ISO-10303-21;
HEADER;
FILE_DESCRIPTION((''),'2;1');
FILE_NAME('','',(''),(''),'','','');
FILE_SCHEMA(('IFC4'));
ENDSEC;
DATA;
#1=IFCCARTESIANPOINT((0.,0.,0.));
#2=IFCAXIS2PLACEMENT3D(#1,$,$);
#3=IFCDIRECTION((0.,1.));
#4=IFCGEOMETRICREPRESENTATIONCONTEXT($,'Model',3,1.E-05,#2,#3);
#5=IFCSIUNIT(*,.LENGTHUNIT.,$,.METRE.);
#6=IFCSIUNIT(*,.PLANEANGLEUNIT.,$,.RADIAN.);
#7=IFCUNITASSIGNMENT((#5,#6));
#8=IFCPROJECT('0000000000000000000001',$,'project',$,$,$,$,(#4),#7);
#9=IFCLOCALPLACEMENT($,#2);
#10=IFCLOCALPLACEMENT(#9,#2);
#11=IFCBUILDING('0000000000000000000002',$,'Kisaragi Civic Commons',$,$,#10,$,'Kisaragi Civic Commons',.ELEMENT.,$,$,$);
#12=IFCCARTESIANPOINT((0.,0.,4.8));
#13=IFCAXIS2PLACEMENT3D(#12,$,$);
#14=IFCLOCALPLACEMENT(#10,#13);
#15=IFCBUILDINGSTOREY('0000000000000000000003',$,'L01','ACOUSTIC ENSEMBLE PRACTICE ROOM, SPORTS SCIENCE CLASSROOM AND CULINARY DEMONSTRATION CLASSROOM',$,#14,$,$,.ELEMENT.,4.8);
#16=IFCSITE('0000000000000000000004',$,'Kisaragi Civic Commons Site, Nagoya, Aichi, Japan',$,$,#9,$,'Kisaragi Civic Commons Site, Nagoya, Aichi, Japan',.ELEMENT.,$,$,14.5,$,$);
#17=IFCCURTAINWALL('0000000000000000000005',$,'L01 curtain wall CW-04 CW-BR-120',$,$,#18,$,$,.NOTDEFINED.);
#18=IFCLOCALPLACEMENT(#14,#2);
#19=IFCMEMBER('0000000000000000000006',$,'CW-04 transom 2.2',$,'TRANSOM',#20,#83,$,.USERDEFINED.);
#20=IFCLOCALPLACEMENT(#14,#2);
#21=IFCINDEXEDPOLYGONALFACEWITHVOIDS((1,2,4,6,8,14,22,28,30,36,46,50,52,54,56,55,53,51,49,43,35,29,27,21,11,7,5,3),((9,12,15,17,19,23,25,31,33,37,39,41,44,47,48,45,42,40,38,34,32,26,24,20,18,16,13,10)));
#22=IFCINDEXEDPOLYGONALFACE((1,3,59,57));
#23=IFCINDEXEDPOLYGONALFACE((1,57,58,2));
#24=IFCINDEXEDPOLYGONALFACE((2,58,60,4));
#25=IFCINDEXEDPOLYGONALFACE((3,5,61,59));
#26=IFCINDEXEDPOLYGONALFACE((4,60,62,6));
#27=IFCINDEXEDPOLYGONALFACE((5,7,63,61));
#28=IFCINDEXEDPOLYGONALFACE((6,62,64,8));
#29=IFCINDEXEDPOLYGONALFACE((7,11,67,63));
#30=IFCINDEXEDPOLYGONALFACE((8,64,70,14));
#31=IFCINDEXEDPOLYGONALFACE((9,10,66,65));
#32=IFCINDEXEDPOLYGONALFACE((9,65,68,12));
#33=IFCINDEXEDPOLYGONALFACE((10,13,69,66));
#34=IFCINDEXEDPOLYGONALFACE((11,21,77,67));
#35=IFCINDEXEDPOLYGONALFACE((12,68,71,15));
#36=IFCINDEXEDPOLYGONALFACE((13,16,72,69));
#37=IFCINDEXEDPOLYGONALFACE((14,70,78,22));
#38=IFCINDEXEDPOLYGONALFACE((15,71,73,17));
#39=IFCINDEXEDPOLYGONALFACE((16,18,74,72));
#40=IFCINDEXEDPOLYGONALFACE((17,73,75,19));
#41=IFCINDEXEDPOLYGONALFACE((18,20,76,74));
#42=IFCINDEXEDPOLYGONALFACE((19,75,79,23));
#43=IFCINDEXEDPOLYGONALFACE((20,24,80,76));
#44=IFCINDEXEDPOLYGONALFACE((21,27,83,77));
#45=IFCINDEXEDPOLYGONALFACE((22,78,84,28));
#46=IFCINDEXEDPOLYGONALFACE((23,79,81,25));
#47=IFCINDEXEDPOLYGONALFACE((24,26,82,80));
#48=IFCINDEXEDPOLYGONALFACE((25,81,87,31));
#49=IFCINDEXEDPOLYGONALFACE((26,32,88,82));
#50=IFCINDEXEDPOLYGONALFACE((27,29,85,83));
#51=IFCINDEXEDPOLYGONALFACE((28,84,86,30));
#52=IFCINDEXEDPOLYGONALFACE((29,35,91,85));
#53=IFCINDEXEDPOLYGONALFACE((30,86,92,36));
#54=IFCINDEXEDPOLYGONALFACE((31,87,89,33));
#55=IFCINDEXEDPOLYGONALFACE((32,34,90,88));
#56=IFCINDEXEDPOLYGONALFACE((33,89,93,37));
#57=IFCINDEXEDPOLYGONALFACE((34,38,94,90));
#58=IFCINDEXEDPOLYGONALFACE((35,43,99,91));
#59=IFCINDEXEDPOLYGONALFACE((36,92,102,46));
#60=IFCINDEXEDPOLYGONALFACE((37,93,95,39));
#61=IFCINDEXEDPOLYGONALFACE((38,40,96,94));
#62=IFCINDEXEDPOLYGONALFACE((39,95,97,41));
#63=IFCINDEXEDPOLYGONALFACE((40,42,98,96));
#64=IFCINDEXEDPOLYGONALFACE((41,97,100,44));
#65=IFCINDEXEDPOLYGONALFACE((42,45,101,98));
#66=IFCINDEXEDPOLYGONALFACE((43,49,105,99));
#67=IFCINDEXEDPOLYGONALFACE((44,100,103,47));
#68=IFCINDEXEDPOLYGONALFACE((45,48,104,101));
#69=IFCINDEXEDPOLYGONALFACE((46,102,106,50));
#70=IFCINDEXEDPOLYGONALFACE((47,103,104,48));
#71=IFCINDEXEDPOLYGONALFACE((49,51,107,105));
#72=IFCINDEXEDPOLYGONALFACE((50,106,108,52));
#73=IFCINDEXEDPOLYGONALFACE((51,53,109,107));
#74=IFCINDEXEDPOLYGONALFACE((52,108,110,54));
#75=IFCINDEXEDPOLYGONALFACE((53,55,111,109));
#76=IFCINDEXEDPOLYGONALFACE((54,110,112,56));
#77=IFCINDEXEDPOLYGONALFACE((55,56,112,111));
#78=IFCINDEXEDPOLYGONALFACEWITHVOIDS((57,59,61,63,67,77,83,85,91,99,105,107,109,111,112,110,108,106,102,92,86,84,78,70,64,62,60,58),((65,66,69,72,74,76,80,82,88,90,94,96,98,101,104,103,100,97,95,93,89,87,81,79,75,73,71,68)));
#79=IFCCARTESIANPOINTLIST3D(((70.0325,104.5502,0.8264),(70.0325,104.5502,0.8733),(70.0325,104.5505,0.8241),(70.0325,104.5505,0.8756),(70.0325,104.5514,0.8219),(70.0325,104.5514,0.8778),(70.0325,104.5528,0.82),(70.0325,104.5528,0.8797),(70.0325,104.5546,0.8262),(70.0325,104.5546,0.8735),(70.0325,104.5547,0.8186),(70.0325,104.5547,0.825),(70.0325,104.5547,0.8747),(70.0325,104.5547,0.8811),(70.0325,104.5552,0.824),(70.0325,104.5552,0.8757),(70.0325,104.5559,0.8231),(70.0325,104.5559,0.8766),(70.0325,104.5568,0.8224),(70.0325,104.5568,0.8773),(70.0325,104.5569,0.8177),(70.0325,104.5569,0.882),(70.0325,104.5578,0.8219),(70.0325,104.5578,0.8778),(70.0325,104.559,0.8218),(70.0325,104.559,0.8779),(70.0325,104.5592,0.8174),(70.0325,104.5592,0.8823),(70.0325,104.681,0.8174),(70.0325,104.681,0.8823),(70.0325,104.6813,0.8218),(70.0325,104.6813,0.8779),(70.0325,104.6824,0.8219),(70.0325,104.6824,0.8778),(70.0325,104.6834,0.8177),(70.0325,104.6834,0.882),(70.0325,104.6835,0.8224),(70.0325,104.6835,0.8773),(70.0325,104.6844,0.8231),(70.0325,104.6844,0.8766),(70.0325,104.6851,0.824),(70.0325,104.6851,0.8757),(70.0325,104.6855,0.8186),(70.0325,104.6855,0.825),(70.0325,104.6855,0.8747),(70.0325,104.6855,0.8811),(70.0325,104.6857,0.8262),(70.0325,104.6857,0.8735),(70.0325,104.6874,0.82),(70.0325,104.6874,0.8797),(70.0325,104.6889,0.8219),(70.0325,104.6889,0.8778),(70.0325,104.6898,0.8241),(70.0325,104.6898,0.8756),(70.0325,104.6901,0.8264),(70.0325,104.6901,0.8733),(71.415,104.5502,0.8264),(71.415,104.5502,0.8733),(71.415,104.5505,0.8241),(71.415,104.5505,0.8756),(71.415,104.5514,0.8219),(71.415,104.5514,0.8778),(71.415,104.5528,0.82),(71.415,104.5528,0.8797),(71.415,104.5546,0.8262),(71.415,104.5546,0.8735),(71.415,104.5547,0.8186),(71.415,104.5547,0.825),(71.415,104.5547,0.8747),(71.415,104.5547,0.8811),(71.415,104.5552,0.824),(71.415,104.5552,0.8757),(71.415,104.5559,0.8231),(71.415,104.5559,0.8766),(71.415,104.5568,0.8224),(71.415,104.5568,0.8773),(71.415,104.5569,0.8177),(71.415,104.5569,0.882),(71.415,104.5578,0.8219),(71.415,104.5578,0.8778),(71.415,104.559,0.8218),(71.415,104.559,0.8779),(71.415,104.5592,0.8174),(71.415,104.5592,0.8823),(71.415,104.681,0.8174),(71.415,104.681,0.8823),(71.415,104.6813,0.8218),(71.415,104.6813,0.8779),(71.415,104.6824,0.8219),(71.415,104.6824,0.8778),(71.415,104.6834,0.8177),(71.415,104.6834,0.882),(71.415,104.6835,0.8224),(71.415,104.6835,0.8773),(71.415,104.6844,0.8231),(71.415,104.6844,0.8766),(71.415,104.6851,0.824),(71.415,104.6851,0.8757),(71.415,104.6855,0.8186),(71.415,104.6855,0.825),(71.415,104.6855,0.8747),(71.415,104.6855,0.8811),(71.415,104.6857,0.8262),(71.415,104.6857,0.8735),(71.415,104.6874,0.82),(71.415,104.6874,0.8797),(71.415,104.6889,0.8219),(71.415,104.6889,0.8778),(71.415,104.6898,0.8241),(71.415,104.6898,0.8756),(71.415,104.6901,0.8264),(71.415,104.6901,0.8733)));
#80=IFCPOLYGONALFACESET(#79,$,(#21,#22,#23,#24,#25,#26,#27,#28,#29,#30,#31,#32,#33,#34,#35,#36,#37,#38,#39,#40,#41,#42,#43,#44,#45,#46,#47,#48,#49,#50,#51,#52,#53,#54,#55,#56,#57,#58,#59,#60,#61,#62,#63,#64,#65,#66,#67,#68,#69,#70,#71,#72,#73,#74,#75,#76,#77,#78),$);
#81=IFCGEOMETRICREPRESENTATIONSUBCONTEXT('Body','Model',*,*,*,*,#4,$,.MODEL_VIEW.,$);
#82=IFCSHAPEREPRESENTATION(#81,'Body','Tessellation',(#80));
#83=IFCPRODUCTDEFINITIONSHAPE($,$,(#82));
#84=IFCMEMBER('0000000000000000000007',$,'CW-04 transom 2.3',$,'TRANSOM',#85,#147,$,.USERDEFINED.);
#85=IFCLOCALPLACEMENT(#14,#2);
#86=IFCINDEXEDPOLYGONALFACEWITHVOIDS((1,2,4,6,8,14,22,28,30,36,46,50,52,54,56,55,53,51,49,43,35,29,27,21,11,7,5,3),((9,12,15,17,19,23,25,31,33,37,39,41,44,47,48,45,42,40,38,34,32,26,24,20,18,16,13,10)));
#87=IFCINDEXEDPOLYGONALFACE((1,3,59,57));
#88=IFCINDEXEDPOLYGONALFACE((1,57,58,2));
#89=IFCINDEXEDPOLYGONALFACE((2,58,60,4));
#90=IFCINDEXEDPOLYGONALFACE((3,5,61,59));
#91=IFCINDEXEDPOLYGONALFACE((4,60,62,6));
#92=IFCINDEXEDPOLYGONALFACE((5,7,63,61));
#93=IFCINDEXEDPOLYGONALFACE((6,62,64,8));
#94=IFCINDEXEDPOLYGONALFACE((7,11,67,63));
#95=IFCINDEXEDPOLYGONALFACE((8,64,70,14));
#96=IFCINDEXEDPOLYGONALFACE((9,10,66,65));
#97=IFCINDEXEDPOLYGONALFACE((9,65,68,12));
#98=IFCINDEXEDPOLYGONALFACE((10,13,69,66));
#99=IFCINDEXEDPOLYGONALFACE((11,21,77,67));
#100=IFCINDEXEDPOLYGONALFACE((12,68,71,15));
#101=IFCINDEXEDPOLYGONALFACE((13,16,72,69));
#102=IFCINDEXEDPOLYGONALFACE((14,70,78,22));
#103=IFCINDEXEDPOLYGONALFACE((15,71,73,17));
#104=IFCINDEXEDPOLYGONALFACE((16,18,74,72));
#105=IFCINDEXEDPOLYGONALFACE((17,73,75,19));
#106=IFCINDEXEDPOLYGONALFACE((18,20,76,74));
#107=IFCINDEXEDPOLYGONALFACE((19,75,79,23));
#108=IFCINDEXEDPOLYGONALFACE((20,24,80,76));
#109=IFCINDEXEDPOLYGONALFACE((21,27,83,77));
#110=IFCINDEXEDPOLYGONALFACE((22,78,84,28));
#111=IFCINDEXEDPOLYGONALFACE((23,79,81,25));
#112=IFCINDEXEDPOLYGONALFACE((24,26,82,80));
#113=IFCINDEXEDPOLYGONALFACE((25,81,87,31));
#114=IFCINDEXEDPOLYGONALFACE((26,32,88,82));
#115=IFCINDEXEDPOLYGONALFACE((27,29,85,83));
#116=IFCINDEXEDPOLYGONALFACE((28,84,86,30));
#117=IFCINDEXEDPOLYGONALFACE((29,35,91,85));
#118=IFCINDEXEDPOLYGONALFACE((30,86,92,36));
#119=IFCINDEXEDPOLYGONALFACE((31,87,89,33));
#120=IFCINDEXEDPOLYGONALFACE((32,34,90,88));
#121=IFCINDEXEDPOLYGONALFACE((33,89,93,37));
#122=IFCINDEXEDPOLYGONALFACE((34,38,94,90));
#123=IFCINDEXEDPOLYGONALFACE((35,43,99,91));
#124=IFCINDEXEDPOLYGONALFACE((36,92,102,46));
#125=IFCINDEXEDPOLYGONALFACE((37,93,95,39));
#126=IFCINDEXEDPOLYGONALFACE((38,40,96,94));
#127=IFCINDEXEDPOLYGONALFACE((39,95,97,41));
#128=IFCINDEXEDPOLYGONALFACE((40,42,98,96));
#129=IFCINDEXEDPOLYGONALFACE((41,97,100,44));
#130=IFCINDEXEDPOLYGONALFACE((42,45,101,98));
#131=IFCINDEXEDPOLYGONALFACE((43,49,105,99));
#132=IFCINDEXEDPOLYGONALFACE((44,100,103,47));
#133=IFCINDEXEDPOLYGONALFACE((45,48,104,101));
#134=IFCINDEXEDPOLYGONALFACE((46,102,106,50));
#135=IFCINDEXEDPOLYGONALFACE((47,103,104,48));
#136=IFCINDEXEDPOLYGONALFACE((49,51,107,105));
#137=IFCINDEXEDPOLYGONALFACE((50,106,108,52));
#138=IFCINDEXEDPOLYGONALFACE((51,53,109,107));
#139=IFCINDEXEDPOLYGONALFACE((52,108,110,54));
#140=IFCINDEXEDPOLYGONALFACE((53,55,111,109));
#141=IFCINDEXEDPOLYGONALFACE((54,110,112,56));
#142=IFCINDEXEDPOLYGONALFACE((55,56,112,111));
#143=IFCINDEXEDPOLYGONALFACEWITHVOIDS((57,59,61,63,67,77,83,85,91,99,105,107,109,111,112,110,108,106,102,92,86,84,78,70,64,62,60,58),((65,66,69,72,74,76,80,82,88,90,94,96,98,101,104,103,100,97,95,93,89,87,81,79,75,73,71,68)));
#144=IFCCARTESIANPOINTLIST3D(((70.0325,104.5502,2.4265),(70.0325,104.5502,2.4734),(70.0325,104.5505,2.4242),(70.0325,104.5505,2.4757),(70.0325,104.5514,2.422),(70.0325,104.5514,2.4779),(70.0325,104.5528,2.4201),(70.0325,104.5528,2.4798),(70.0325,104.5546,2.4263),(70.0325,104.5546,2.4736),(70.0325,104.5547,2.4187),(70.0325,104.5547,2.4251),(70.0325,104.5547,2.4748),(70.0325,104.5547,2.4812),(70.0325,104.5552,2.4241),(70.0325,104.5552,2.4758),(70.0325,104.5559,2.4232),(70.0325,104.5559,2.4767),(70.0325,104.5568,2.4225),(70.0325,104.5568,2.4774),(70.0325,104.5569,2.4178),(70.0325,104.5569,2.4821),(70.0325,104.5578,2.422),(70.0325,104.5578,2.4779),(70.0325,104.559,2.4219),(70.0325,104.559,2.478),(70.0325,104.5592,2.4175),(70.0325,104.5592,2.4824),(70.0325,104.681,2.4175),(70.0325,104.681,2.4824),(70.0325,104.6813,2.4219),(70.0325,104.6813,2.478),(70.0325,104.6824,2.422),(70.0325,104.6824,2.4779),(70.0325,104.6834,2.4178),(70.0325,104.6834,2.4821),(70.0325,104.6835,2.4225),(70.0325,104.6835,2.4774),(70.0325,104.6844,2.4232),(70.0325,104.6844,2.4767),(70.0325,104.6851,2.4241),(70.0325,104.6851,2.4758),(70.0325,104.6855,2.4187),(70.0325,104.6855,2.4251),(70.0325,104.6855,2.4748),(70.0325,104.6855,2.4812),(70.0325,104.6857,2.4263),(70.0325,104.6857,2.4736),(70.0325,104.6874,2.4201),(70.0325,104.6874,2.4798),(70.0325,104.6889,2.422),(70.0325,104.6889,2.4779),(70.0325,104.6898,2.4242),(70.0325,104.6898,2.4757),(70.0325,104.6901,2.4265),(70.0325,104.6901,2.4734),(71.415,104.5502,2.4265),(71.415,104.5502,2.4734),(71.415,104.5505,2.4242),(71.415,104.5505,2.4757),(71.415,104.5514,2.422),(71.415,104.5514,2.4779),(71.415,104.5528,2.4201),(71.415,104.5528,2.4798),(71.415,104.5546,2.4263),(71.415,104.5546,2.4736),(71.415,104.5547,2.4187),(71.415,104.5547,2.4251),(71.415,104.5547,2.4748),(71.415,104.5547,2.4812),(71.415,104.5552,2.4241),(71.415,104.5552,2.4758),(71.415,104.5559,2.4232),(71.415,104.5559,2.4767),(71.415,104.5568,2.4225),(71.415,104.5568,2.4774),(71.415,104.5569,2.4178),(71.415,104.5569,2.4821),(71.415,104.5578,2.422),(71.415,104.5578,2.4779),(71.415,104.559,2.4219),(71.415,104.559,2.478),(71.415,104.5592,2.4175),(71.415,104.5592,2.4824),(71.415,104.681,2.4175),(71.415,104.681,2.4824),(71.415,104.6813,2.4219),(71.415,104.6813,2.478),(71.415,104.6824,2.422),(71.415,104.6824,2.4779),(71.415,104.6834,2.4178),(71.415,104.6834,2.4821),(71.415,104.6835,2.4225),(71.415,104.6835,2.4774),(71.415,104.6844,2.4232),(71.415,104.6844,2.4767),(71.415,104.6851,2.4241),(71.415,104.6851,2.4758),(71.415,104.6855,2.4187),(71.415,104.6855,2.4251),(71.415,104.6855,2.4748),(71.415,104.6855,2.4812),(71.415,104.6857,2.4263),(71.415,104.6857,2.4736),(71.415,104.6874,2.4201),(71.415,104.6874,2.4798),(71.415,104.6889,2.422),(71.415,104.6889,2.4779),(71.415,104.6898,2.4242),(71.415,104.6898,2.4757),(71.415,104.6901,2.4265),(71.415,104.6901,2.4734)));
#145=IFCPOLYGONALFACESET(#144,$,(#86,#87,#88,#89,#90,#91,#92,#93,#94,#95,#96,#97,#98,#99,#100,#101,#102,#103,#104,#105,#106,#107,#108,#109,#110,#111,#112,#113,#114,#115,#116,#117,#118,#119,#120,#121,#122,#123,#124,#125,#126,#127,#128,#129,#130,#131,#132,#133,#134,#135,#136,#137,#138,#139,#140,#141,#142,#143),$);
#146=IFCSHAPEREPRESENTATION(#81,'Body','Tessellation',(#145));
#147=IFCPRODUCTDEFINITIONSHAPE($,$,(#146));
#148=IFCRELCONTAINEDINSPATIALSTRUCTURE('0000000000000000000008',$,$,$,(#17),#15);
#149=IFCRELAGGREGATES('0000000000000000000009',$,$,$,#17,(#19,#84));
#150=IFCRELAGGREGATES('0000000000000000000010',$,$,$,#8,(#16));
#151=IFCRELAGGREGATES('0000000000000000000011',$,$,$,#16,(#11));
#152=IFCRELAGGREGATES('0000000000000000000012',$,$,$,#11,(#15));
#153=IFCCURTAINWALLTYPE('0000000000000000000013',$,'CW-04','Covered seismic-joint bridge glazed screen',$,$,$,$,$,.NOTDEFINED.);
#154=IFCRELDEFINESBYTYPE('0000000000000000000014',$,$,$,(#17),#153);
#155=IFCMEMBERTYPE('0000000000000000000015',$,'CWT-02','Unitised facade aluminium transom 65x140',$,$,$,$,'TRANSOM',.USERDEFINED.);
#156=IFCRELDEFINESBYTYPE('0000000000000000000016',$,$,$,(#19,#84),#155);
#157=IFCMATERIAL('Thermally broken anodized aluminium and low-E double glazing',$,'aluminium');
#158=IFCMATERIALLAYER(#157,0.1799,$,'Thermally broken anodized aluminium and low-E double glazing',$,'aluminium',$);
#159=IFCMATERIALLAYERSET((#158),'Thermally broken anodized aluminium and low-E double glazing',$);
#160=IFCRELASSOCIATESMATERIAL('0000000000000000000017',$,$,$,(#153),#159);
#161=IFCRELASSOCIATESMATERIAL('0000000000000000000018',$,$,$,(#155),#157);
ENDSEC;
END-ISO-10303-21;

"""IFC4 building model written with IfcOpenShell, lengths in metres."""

from ifc_helpers import new_model, si_unit, direction, frame, origin, origin_2d, place, context, subcontext, project, spatial, hollow_rectangle, extrude, material, layer, layer_set, material_profile, profile_set, type_object, element, aggregate, save


model = new_model("IFC4")

# Units and contexts
model_context = context("Model", 3, precision=1e-05, world=origin(), true_north=direction((0.0, 1.0)))
body_context = subcontext(model_context, "Body", "Model", "MODEL_VIEW")
ifc_project = project(units=[si_unit("LENGTHUNIT", "METRE"), si_unit("PLANEANGLEUNIT", "RADIAN")], contexts=[model_context])

# Site, building, storey
site_placement = place(None, origin())
site = spatial("IfcSite", under=ifc_project, at=site_placement, Name="Kisaragi Civic Commons Site, Nagoya, Aichi, Japan", LongName="Kisaragi Civic Commons Site, Nagoya, Aichi, Japan", CompositionType="ELEMENT", RefElevation=14.5)
building_placement = place(site_placement, origin())
building = spatial("IfcBuilding", under=site, at=building_placement, Name="Kisaragi Civic Commons", LongName="Kisaragi Civic Commons", CompositionType="ELEMENT")
storey_placement = place(building_placement, frame((0.0, 0.0, 4.8)))
storey = spatial("IfcBuildingStorey", under=building, at=storey_placement, Name="L01", Description="ACOUSTIC ENSEMBLE PRACTICE ROOM, SPORTS SCIENCE CLASSROOM AND CULINARY DEMONSTRATION CLASSROOM", CompositionType="ELEMENT", Elevation=4.8)

# Shared definitions
ifc_material = material(Name="Thermally broken anodized aluminium and low-E double glazing", Category="aluminium")

# Curtain wall, members
ifc_layer_1 = layer(ifc_material, 0.1799, Name="Thermally broken anodized aluminium and low-E double glazing", Category="aluminium")
ifc_layer_set_1 = layer_set([ifc_layer_1], Name="Thermally broken anodized aluminium and low-E double glazing")
curtain_wall_type_1 = type_object("IfcCurtainWallType", Name="CW-04", Description="Covered seismic-joint bridge glazed screen", PredefinedType="NOTDEFINED", material=ifc_layer_set_1)
curtain_wall_1_placement = place(storey_placement, origin())
curtain_wall_1 = element("IfcCurtainWall", 1, at=curtain_wall_1_placement, inside=storey, type_object=curtain_wall_type_1, Name="L01 curtain wall CW-04 CW-BR-120", PredefinedType="NOTDEFINED")
ifc_material_profile_1 = material_profile(ifc_material, hollow_rectangle(XDim=0.1399, YDim=0.0649, WallThickness=0.0044, InnerFilletRadius=0.0044, OuterFilletRadius=0.009, at=origin_2d()), Name="CWT-65x140x4.5", Category="aluminium")
ifc_profile_set_1 = profile_set([ifc_material_profile_1], Name="Thermally broken anodized aluminium and low-E double glazing")
member_type_1 = type_object("IfcMemberType", Name="CWT-02", Description="Unitised facade aluminium transom 65x140", ElementType="TRANSOM", PredefinedType="USERDEFINED", material=ifc_profile_set_1)
member_1_placement = place(storey_placement, frame((70.0325, 104.6201, 0.8499), z_axis=(1.0, 0.0, 0.0), x_axis=(0.0, 1.0, 0.0)))
member_1 = element("IfcMember", 2, at=member_1_placement, type_object=member_type_1, Name="CW-04 transom 2.2", ObjectType="TRANSOM", PredefinedType="USERDEFINED", context=body_context, shape_type="SweptSolid", body=[
    extrude(hollow_rectangle(XDim=0.1399, YDim=0.0649, WallThickness=0.0044, InnerFilletRadius=0.0044, OuterFilletRadius=0.009, at=origin_2d()), origin(), (0.0, 0.0, 1.0), 1.3826),
])
member_2_placement = place(storey_placement, frame((70.0325, 104.6201, 2.45), z_axis=(1.0, 0.0, 0.0), x_axis=(0.0, 1.0, 0.0)))
member_2 = element("IfcMember", 3, at=member_2_placement, type_object=member_type_1, Name="CW-04 transom 2.3", ObjectType="TRANSOM", PredefinedType="USERDEFINED", context=body_context, shape_type="SweptSolid", body=[
    extrude(hollow_rectangle(XDim=0.1399, YDim=0.0649, WallThickness=0.0044, InnerFilletRadius=0.0044, OuterFilletRadius=0.009, at=origin_2d()), origin(), (0.0, 0.0, 1.0), 1.3826),
])

aggregate(curtain_wall_1, [member_1, member_2])

save(model, "model.ifc")
